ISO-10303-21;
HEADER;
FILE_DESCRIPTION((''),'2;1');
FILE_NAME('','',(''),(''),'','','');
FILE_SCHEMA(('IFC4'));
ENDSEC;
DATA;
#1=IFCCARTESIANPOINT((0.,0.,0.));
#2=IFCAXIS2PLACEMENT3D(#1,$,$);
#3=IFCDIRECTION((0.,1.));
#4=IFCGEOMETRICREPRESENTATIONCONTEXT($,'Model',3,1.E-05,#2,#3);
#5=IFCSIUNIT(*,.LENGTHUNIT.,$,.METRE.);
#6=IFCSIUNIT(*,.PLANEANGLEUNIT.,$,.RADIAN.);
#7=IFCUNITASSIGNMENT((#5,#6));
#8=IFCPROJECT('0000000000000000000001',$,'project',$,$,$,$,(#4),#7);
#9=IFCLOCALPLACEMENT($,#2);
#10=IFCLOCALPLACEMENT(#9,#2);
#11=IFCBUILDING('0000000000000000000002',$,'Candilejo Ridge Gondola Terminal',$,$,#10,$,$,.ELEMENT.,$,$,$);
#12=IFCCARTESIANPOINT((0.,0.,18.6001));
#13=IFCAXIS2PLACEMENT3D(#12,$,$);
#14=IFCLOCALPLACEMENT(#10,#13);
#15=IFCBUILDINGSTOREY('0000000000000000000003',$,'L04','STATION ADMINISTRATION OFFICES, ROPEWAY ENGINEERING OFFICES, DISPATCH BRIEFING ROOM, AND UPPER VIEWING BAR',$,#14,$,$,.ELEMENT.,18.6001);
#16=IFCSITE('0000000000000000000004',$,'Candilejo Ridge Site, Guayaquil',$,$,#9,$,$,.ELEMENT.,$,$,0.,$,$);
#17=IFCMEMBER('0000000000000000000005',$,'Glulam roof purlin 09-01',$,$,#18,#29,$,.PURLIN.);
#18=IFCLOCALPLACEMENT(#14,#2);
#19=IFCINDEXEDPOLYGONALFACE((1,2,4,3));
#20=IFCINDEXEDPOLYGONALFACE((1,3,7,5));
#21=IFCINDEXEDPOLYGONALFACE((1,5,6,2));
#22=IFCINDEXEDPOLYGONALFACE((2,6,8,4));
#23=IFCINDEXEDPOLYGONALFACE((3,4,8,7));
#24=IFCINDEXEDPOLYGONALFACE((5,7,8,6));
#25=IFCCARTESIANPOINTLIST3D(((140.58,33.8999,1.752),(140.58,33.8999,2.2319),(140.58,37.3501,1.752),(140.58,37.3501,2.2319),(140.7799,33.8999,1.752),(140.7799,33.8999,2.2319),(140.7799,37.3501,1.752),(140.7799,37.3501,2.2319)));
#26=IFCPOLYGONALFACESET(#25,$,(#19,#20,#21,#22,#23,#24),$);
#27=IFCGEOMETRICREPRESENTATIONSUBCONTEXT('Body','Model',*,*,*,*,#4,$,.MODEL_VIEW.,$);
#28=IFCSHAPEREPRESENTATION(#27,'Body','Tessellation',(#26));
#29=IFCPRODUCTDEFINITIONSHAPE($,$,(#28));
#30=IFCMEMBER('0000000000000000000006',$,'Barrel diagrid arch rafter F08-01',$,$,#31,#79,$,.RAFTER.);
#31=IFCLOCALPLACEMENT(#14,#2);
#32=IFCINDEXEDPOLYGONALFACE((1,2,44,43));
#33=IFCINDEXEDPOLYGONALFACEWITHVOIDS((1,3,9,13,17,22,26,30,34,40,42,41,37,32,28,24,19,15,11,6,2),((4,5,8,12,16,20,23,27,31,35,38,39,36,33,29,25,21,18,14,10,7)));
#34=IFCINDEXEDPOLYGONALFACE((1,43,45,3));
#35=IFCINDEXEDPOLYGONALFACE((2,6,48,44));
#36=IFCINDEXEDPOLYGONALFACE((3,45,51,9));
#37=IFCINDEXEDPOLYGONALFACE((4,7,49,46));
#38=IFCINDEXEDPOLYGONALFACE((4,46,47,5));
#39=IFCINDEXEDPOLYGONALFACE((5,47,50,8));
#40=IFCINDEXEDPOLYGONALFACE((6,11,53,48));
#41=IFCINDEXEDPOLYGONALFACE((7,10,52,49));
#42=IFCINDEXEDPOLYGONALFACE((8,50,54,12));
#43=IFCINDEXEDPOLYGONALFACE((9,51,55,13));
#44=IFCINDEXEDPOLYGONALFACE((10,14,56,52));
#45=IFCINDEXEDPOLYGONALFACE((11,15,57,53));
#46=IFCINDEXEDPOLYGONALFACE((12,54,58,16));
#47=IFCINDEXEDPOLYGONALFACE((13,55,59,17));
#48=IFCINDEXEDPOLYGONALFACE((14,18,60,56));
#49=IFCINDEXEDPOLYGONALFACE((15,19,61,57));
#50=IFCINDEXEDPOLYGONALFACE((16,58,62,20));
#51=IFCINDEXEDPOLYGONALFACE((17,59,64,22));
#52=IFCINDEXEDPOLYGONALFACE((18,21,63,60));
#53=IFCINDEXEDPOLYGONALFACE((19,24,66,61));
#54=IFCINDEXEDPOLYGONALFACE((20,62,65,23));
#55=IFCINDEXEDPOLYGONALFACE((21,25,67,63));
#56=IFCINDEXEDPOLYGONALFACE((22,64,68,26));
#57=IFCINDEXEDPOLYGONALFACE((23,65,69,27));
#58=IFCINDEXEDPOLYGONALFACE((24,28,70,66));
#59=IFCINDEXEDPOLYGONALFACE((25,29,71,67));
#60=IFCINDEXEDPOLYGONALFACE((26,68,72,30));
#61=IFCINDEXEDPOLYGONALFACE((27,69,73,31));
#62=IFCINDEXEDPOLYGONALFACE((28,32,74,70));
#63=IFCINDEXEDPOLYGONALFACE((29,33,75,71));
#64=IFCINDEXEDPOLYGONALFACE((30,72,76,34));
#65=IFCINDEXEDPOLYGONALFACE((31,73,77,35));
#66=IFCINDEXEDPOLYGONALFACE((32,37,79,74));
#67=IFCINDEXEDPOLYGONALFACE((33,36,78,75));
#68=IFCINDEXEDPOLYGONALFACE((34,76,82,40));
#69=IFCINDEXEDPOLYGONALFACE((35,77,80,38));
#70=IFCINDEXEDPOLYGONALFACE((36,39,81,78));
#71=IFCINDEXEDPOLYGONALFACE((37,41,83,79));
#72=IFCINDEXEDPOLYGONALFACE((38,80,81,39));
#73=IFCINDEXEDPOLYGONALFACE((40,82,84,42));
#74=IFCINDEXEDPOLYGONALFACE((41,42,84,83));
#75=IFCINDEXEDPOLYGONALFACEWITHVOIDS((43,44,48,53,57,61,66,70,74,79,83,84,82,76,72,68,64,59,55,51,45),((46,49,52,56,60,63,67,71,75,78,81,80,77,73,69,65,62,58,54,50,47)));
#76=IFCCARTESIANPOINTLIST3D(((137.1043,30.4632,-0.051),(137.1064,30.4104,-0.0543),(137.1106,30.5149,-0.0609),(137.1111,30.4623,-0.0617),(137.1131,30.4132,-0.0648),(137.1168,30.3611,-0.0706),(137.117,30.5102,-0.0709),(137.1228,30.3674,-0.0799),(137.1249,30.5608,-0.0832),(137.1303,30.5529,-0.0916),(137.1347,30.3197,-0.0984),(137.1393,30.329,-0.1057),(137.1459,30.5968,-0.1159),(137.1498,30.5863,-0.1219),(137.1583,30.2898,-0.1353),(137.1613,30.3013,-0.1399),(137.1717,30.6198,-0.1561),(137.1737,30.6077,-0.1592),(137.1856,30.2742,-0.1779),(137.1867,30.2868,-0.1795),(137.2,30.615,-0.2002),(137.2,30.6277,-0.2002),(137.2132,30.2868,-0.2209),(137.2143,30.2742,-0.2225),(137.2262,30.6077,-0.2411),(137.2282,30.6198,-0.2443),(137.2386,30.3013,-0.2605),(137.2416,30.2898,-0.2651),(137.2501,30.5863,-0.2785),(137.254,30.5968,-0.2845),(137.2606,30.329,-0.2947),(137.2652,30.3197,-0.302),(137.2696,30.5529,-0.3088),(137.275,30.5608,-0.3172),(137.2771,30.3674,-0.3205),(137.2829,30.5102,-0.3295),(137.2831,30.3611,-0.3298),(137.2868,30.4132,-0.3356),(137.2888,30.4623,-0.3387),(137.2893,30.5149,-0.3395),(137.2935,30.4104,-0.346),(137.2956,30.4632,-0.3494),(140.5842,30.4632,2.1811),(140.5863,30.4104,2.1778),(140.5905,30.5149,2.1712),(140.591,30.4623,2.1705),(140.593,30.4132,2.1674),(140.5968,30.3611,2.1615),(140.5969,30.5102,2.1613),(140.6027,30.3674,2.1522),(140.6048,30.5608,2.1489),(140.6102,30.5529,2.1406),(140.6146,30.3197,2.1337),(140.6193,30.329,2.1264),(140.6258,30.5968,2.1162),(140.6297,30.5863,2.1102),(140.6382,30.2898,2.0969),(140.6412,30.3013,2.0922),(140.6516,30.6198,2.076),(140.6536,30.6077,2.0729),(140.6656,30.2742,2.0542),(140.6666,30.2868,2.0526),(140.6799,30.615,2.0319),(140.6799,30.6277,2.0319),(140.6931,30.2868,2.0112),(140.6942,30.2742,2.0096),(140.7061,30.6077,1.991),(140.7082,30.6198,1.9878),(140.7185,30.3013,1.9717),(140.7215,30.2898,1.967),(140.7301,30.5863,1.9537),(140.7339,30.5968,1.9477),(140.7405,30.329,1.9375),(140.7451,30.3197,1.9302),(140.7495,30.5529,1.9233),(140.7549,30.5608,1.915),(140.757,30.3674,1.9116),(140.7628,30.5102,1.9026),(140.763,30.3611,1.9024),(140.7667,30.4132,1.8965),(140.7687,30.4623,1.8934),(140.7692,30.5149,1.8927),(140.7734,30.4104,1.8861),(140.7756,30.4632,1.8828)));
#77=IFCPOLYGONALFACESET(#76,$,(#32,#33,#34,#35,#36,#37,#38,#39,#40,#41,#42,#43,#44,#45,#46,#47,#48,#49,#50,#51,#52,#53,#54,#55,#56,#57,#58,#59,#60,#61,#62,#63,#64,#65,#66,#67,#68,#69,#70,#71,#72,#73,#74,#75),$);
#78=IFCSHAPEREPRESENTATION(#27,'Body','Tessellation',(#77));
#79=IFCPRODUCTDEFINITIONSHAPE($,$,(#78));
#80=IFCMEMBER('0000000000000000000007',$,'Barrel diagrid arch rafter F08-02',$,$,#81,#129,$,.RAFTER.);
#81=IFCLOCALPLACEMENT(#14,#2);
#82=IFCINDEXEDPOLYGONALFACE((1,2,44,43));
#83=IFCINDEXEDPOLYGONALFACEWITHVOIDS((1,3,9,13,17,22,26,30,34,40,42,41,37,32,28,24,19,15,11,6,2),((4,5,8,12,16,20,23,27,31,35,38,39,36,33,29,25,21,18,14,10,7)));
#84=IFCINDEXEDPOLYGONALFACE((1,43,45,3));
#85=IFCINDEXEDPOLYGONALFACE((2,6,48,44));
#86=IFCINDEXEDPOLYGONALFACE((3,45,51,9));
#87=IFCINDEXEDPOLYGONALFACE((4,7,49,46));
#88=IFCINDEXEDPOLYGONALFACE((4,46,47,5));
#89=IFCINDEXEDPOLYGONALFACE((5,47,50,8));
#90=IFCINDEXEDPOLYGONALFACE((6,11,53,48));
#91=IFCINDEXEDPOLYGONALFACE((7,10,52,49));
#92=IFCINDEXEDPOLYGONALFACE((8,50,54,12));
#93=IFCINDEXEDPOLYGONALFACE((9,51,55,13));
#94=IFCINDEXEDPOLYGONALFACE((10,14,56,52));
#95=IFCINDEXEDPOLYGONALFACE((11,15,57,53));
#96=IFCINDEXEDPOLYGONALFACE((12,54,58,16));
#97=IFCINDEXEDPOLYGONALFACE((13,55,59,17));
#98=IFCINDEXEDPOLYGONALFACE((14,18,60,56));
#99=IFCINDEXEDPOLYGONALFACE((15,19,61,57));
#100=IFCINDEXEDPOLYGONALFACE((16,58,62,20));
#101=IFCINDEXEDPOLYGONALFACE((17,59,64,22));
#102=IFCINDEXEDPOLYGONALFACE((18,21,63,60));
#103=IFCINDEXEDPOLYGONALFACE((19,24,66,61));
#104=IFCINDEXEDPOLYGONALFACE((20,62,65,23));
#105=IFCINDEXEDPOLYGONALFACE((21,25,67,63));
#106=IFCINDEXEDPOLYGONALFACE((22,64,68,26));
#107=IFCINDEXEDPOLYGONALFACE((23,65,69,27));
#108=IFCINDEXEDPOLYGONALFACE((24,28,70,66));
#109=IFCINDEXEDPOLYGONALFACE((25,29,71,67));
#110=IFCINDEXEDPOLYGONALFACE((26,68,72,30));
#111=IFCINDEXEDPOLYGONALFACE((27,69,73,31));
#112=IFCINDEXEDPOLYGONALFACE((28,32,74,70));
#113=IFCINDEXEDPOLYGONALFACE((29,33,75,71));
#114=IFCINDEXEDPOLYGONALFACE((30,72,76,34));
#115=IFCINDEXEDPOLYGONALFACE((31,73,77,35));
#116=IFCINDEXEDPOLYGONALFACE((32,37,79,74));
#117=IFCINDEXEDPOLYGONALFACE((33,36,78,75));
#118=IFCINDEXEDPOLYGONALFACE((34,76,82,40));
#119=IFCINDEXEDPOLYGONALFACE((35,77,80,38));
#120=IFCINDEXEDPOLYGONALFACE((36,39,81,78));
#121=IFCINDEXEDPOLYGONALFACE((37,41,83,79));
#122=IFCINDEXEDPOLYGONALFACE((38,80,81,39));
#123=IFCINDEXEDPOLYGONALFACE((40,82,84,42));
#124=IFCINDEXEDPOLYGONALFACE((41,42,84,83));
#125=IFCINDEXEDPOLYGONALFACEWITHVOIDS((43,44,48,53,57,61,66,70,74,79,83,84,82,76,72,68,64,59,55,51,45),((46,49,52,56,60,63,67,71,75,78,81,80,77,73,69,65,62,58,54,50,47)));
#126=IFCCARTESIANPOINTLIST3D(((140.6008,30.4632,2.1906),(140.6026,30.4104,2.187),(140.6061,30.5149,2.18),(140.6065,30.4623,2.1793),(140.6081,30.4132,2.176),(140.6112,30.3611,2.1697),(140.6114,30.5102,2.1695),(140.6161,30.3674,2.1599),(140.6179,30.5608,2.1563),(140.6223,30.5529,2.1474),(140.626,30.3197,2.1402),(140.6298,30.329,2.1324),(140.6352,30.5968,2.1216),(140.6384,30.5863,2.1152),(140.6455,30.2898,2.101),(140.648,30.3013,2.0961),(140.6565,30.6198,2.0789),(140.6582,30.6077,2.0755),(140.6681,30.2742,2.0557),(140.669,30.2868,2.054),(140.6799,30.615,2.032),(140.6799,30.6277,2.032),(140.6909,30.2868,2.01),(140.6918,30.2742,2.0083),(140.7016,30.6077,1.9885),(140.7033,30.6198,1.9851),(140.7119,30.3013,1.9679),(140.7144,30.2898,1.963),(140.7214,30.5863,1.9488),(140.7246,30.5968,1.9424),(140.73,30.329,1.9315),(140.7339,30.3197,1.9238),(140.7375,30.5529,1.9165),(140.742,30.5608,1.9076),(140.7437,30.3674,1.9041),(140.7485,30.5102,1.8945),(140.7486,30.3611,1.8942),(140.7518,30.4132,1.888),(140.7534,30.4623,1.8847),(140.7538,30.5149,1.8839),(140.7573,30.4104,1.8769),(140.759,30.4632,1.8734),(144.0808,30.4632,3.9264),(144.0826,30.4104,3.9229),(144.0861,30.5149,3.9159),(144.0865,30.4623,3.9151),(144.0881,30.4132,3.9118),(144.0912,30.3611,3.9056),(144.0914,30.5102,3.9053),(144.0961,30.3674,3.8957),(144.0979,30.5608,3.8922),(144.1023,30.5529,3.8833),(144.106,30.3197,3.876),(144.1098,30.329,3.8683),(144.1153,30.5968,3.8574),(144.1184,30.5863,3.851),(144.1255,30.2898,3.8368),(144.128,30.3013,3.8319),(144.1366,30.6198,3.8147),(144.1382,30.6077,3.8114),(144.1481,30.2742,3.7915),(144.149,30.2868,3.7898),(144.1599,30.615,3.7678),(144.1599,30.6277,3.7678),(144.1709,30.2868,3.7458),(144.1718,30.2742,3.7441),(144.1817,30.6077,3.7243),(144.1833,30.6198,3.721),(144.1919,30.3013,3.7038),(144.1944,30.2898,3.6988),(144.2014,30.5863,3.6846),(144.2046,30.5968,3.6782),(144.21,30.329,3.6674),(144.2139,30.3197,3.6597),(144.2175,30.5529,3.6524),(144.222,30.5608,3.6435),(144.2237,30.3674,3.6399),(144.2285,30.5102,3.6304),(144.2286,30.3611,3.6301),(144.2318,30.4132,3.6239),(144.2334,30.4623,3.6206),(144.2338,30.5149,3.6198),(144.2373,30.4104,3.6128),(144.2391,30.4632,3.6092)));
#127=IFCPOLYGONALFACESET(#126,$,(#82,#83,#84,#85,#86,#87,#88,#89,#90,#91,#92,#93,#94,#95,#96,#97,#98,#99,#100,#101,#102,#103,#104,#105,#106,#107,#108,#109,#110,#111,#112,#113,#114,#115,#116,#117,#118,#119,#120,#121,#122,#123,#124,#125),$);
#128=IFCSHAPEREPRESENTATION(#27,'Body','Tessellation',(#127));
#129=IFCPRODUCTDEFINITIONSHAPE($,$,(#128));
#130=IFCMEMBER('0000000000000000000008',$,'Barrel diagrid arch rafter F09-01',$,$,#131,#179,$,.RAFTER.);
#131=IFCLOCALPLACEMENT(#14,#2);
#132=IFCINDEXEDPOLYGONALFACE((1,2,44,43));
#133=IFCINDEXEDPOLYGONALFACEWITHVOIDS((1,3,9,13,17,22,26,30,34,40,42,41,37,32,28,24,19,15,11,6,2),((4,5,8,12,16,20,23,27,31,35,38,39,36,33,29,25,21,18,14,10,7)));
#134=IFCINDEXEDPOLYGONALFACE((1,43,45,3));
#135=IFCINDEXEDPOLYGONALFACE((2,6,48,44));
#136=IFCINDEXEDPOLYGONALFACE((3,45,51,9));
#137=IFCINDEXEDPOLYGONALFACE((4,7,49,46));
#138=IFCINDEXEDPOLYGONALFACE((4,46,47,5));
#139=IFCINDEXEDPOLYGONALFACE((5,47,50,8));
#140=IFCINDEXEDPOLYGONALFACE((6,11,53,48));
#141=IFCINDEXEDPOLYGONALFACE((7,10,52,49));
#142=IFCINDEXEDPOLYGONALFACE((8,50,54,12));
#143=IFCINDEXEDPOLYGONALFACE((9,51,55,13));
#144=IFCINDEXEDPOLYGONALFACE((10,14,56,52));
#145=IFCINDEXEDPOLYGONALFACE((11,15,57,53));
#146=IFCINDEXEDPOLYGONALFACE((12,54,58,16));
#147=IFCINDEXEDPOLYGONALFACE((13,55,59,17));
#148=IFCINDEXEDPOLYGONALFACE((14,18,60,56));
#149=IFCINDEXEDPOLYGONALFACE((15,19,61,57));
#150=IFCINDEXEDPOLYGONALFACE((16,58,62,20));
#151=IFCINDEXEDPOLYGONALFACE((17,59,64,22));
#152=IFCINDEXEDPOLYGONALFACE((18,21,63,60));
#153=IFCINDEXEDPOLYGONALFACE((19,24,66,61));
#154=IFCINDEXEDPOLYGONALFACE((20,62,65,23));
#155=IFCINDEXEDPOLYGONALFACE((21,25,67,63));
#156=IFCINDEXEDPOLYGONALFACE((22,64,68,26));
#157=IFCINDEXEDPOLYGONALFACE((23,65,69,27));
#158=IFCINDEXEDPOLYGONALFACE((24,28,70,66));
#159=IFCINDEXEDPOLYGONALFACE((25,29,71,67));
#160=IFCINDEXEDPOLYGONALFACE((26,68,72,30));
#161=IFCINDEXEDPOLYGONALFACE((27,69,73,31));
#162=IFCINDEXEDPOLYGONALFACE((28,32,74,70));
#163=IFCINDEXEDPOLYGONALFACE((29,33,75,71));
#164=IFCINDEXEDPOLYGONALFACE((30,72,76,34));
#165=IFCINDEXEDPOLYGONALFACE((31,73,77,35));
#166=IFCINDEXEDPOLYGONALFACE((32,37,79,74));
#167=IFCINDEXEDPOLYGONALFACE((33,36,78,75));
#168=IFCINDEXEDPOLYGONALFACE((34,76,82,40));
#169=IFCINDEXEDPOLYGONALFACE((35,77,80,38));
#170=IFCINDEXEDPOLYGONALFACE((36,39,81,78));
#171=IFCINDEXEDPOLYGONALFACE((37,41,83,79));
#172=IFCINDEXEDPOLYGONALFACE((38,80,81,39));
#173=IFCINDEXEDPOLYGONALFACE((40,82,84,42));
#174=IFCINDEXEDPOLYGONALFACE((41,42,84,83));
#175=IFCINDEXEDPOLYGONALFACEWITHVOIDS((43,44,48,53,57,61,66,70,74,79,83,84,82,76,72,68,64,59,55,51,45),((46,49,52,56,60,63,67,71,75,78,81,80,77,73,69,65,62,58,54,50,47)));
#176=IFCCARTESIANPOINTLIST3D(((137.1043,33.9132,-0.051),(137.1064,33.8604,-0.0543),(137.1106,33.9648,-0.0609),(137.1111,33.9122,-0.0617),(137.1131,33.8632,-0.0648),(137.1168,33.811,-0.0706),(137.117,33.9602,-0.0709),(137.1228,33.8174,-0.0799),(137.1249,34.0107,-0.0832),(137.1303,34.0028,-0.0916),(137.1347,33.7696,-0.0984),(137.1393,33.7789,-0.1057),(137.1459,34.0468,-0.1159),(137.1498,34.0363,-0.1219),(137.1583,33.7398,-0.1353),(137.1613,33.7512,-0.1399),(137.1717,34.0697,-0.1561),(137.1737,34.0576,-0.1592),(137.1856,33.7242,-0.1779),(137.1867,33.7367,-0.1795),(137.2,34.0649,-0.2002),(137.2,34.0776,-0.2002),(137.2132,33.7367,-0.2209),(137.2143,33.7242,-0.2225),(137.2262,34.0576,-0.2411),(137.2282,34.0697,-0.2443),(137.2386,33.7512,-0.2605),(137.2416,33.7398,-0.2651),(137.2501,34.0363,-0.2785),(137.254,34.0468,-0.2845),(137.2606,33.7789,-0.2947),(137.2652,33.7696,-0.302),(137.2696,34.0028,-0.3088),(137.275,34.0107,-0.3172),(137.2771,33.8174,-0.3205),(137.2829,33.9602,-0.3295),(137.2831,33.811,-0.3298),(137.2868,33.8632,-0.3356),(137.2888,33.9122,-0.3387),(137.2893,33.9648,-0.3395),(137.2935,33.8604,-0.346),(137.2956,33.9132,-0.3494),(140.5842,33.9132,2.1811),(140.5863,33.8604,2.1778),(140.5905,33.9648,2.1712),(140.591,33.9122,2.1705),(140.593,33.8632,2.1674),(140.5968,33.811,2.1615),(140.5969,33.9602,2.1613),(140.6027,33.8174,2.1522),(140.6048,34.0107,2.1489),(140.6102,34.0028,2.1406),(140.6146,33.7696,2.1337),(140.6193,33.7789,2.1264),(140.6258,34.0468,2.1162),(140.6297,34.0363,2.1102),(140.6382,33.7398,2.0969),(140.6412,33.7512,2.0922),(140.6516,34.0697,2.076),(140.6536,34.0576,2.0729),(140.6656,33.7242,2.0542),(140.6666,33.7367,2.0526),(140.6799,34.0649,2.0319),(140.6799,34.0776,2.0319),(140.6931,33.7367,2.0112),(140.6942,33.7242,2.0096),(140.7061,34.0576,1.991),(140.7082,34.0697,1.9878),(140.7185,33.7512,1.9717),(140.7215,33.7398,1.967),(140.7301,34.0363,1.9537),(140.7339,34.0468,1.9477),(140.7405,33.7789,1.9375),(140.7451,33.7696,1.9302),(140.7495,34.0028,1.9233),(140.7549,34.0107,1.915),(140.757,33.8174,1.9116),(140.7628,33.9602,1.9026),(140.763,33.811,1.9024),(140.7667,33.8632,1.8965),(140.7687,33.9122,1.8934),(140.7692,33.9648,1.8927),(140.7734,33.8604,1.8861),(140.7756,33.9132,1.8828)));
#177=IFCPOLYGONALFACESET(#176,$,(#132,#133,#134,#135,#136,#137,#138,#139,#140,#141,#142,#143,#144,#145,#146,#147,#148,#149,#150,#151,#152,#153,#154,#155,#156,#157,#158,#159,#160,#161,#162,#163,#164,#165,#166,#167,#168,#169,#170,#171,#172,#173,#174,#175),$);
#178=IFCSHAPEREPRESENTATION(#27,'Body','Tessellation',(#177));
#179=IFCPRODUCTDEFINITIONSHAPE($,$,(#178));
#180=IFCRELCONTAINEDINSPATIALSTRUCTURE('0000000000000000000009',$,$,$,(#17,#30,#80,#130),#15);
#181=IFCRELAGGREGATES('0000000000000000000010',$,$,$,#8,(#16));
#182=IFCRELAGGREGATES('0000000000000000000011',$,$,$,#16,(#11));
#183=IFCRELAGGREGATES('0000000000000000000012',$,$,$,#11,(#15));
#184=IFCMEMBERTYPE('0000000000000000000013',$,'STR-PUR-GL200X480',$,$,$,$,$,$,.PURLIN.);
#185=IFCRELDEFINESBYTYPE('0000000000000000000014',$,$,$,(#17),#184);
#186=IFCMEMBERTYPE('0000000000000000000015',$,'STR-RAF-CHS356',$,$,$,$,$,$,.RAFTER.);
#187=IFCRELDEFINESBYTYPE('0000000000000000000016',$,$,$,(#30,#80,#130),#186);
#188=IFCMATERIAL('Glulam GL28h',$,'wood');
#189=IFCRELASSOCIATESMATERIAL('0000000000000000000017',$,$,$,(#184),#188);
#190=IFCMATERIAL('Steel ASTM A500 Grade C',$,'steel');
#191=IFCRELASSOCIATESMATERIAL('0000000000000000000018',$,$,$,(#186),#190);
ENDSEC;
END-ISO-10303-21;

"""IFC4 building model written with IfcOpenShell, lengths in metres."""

from ifc_helpers import new_model, si_unit, direction, frame, origin, origin_2d, place, context, subcontext, project, spatial, rectangle, hollow_circle, extrude, material, material_profile, profile_set, type_object, element, save


model = new_model("IFC4")

# Units and contexts
model_context = context("Model", 3, precision=1e-05, world=origin(), true_north=direction((0.0, 1.0)))
body_context = subcontext(model_context, "Body", "Model", "MODEL_VIEW")
ifc_project = project(units=[si_unit("LENGTHUNIT", "METRE"), si_unit("PLANEANGLEUNIT", "RADIAN")], contexts=[model_context])

# Site, building, storey
site_placement = place(None, origin())
site = spatial("IfcSite", under=ifc_project, at=site_placement, Name="Candilejo Ridge Site, Guayaquil", CompositionType="ELEMENT", RefElevation=0.0)
building_placement = place(site_placement, origin())
building = spatial("IfcBuilding", under=site, at=building_placement, Name="Candilejo Ridge Gondola Terminal", CompositionType="ELEMENT")
storey_placement = place(building_placement, frame((0.0, 0.0, 18.6001)))
storey = spatial("IfcBuildingStorey", under=building, at=storey_placement, Name="L04", Description="STATION ADMINISTRATION OFFICES, ROPEWAY ENGINEERING OFFICES, DISPATCH BRIEFING ROOM, AND UPPER VIEWING BAR", CompositionType="ELEMENT", Elevation=18.6001)

# Members
ifc_material_1 = material(Name="Glulam GL28h", Category="wood")
ifc_material_profile_1 = material_profile(ifc_material_1, rectangle(XDim=0.2, YDim=0.48, at=origin_2d()))
ifc_profile_set_1 = profile_set([ifc_material_profile_1], Name="Glulam GL28h")
member_type_1 = type_object("IfcMemberType", Name="STR-PUR-GL200X480", PredefinedType="PURLIN", material=ifc_profile_set_1)
member_1_placement = place(storey_placement, frame((140.6799, 33.8999, 1.9919), z_axis=(0.0, 1.0, 0.0), x_axis=(-1.0, 0.0, 0.0)))
element("IfcMember", 1, at=member_1_placement, inside=storey, type_object=member_type_1, Name="Glulam roof purlin 09-01", PredefinedType="PURLIN", context=body_context, shape_type="SweptSolid", body=[
    extrude(rectangle(XDim=0.2, YDim=0.48, at=origin_2d()), origin(), (0.0, 0.0, 1.0), 3.4502),
])
ifc_material_2 = material(Name="Steel ASTM A500 Grade C", Category="steel")
ifc_material_profile_2 = material_profile(ifc_material_2, hollow_circle(Radius=0.1777, WallThickness=0.0127, at=origin_2d()))
ifc_profile_set_2 = profile_set([ifc_material_profile_2], Name="Steel ASTM A500 Grade C")
member_type_2 = type_object("IfcMemberType", Name="STR-RAF-CHS356", PredefinedType="RAFTER", material=ifc_profile_set_2)
member_2_placement = place(storey_placement, frame((137.2, 30.45, -0.2002), z_axis=(0.841723, 0.0, 0.53991), x_axis=(0.0, 1.0, 0.0)))
element("IfcMember", 2, at=member_2_placement, inside=storey, type_object=member_type_2, Name="Barrel diagrid arch rafter F08-01", PredefinedType="RAFTER", context=body_context, shape_type="SweptSolid", body=[
    extrude(hollow_circle(Radius=0.1777, WallThickness=0.0127, at=origin_2d()), origin(), (0.0, 0.0, 1.0), 4.1343),
])
member_3_placement = place(storey_placement, frame((140.6799, 30.45, 2.032), z_axis=(0.894854, 0.0, 0.44636), x_axis=(0.0, 1.0, 0.0)))
element("IfcMember", 3, at=member_3_placement, inside=storey, type_object=member_type_2, Name="Barrel diagrid arch rafter F08-02", PredefinedType="RAFTER", context=body_context, shape_type="SweptSolid", body=[
    extrude(hollow_circle(Radius=0.1777, WallThickness=0.0127, at=origin_2d()), origin(), (0.0, 0.0, 1.0), 3.8889),
])
member_4_placement = place(storey_placement, frame((137.2, 33.8999, -0.2002), z_axis=(0.841723, 0.0, 0.53991), x_axis=(0.0, 1.0, 0.0)))
element("IfcMember", 4, at=member_4_placement, inside=storey, type_object=member_type_2, Name="Barrel diagrid arch rafter F09-01", PredefinedType="RAFTER", context=body_context, shape_type="SweptSolid", body=[
    extrude(hollow_circle(Radius=0.1777, WallThickness=0.0127, at=origin_2d()), origin(), (0.0, 0.0, 1.0), 4.1343),
])

save(model, "model.ifc")
